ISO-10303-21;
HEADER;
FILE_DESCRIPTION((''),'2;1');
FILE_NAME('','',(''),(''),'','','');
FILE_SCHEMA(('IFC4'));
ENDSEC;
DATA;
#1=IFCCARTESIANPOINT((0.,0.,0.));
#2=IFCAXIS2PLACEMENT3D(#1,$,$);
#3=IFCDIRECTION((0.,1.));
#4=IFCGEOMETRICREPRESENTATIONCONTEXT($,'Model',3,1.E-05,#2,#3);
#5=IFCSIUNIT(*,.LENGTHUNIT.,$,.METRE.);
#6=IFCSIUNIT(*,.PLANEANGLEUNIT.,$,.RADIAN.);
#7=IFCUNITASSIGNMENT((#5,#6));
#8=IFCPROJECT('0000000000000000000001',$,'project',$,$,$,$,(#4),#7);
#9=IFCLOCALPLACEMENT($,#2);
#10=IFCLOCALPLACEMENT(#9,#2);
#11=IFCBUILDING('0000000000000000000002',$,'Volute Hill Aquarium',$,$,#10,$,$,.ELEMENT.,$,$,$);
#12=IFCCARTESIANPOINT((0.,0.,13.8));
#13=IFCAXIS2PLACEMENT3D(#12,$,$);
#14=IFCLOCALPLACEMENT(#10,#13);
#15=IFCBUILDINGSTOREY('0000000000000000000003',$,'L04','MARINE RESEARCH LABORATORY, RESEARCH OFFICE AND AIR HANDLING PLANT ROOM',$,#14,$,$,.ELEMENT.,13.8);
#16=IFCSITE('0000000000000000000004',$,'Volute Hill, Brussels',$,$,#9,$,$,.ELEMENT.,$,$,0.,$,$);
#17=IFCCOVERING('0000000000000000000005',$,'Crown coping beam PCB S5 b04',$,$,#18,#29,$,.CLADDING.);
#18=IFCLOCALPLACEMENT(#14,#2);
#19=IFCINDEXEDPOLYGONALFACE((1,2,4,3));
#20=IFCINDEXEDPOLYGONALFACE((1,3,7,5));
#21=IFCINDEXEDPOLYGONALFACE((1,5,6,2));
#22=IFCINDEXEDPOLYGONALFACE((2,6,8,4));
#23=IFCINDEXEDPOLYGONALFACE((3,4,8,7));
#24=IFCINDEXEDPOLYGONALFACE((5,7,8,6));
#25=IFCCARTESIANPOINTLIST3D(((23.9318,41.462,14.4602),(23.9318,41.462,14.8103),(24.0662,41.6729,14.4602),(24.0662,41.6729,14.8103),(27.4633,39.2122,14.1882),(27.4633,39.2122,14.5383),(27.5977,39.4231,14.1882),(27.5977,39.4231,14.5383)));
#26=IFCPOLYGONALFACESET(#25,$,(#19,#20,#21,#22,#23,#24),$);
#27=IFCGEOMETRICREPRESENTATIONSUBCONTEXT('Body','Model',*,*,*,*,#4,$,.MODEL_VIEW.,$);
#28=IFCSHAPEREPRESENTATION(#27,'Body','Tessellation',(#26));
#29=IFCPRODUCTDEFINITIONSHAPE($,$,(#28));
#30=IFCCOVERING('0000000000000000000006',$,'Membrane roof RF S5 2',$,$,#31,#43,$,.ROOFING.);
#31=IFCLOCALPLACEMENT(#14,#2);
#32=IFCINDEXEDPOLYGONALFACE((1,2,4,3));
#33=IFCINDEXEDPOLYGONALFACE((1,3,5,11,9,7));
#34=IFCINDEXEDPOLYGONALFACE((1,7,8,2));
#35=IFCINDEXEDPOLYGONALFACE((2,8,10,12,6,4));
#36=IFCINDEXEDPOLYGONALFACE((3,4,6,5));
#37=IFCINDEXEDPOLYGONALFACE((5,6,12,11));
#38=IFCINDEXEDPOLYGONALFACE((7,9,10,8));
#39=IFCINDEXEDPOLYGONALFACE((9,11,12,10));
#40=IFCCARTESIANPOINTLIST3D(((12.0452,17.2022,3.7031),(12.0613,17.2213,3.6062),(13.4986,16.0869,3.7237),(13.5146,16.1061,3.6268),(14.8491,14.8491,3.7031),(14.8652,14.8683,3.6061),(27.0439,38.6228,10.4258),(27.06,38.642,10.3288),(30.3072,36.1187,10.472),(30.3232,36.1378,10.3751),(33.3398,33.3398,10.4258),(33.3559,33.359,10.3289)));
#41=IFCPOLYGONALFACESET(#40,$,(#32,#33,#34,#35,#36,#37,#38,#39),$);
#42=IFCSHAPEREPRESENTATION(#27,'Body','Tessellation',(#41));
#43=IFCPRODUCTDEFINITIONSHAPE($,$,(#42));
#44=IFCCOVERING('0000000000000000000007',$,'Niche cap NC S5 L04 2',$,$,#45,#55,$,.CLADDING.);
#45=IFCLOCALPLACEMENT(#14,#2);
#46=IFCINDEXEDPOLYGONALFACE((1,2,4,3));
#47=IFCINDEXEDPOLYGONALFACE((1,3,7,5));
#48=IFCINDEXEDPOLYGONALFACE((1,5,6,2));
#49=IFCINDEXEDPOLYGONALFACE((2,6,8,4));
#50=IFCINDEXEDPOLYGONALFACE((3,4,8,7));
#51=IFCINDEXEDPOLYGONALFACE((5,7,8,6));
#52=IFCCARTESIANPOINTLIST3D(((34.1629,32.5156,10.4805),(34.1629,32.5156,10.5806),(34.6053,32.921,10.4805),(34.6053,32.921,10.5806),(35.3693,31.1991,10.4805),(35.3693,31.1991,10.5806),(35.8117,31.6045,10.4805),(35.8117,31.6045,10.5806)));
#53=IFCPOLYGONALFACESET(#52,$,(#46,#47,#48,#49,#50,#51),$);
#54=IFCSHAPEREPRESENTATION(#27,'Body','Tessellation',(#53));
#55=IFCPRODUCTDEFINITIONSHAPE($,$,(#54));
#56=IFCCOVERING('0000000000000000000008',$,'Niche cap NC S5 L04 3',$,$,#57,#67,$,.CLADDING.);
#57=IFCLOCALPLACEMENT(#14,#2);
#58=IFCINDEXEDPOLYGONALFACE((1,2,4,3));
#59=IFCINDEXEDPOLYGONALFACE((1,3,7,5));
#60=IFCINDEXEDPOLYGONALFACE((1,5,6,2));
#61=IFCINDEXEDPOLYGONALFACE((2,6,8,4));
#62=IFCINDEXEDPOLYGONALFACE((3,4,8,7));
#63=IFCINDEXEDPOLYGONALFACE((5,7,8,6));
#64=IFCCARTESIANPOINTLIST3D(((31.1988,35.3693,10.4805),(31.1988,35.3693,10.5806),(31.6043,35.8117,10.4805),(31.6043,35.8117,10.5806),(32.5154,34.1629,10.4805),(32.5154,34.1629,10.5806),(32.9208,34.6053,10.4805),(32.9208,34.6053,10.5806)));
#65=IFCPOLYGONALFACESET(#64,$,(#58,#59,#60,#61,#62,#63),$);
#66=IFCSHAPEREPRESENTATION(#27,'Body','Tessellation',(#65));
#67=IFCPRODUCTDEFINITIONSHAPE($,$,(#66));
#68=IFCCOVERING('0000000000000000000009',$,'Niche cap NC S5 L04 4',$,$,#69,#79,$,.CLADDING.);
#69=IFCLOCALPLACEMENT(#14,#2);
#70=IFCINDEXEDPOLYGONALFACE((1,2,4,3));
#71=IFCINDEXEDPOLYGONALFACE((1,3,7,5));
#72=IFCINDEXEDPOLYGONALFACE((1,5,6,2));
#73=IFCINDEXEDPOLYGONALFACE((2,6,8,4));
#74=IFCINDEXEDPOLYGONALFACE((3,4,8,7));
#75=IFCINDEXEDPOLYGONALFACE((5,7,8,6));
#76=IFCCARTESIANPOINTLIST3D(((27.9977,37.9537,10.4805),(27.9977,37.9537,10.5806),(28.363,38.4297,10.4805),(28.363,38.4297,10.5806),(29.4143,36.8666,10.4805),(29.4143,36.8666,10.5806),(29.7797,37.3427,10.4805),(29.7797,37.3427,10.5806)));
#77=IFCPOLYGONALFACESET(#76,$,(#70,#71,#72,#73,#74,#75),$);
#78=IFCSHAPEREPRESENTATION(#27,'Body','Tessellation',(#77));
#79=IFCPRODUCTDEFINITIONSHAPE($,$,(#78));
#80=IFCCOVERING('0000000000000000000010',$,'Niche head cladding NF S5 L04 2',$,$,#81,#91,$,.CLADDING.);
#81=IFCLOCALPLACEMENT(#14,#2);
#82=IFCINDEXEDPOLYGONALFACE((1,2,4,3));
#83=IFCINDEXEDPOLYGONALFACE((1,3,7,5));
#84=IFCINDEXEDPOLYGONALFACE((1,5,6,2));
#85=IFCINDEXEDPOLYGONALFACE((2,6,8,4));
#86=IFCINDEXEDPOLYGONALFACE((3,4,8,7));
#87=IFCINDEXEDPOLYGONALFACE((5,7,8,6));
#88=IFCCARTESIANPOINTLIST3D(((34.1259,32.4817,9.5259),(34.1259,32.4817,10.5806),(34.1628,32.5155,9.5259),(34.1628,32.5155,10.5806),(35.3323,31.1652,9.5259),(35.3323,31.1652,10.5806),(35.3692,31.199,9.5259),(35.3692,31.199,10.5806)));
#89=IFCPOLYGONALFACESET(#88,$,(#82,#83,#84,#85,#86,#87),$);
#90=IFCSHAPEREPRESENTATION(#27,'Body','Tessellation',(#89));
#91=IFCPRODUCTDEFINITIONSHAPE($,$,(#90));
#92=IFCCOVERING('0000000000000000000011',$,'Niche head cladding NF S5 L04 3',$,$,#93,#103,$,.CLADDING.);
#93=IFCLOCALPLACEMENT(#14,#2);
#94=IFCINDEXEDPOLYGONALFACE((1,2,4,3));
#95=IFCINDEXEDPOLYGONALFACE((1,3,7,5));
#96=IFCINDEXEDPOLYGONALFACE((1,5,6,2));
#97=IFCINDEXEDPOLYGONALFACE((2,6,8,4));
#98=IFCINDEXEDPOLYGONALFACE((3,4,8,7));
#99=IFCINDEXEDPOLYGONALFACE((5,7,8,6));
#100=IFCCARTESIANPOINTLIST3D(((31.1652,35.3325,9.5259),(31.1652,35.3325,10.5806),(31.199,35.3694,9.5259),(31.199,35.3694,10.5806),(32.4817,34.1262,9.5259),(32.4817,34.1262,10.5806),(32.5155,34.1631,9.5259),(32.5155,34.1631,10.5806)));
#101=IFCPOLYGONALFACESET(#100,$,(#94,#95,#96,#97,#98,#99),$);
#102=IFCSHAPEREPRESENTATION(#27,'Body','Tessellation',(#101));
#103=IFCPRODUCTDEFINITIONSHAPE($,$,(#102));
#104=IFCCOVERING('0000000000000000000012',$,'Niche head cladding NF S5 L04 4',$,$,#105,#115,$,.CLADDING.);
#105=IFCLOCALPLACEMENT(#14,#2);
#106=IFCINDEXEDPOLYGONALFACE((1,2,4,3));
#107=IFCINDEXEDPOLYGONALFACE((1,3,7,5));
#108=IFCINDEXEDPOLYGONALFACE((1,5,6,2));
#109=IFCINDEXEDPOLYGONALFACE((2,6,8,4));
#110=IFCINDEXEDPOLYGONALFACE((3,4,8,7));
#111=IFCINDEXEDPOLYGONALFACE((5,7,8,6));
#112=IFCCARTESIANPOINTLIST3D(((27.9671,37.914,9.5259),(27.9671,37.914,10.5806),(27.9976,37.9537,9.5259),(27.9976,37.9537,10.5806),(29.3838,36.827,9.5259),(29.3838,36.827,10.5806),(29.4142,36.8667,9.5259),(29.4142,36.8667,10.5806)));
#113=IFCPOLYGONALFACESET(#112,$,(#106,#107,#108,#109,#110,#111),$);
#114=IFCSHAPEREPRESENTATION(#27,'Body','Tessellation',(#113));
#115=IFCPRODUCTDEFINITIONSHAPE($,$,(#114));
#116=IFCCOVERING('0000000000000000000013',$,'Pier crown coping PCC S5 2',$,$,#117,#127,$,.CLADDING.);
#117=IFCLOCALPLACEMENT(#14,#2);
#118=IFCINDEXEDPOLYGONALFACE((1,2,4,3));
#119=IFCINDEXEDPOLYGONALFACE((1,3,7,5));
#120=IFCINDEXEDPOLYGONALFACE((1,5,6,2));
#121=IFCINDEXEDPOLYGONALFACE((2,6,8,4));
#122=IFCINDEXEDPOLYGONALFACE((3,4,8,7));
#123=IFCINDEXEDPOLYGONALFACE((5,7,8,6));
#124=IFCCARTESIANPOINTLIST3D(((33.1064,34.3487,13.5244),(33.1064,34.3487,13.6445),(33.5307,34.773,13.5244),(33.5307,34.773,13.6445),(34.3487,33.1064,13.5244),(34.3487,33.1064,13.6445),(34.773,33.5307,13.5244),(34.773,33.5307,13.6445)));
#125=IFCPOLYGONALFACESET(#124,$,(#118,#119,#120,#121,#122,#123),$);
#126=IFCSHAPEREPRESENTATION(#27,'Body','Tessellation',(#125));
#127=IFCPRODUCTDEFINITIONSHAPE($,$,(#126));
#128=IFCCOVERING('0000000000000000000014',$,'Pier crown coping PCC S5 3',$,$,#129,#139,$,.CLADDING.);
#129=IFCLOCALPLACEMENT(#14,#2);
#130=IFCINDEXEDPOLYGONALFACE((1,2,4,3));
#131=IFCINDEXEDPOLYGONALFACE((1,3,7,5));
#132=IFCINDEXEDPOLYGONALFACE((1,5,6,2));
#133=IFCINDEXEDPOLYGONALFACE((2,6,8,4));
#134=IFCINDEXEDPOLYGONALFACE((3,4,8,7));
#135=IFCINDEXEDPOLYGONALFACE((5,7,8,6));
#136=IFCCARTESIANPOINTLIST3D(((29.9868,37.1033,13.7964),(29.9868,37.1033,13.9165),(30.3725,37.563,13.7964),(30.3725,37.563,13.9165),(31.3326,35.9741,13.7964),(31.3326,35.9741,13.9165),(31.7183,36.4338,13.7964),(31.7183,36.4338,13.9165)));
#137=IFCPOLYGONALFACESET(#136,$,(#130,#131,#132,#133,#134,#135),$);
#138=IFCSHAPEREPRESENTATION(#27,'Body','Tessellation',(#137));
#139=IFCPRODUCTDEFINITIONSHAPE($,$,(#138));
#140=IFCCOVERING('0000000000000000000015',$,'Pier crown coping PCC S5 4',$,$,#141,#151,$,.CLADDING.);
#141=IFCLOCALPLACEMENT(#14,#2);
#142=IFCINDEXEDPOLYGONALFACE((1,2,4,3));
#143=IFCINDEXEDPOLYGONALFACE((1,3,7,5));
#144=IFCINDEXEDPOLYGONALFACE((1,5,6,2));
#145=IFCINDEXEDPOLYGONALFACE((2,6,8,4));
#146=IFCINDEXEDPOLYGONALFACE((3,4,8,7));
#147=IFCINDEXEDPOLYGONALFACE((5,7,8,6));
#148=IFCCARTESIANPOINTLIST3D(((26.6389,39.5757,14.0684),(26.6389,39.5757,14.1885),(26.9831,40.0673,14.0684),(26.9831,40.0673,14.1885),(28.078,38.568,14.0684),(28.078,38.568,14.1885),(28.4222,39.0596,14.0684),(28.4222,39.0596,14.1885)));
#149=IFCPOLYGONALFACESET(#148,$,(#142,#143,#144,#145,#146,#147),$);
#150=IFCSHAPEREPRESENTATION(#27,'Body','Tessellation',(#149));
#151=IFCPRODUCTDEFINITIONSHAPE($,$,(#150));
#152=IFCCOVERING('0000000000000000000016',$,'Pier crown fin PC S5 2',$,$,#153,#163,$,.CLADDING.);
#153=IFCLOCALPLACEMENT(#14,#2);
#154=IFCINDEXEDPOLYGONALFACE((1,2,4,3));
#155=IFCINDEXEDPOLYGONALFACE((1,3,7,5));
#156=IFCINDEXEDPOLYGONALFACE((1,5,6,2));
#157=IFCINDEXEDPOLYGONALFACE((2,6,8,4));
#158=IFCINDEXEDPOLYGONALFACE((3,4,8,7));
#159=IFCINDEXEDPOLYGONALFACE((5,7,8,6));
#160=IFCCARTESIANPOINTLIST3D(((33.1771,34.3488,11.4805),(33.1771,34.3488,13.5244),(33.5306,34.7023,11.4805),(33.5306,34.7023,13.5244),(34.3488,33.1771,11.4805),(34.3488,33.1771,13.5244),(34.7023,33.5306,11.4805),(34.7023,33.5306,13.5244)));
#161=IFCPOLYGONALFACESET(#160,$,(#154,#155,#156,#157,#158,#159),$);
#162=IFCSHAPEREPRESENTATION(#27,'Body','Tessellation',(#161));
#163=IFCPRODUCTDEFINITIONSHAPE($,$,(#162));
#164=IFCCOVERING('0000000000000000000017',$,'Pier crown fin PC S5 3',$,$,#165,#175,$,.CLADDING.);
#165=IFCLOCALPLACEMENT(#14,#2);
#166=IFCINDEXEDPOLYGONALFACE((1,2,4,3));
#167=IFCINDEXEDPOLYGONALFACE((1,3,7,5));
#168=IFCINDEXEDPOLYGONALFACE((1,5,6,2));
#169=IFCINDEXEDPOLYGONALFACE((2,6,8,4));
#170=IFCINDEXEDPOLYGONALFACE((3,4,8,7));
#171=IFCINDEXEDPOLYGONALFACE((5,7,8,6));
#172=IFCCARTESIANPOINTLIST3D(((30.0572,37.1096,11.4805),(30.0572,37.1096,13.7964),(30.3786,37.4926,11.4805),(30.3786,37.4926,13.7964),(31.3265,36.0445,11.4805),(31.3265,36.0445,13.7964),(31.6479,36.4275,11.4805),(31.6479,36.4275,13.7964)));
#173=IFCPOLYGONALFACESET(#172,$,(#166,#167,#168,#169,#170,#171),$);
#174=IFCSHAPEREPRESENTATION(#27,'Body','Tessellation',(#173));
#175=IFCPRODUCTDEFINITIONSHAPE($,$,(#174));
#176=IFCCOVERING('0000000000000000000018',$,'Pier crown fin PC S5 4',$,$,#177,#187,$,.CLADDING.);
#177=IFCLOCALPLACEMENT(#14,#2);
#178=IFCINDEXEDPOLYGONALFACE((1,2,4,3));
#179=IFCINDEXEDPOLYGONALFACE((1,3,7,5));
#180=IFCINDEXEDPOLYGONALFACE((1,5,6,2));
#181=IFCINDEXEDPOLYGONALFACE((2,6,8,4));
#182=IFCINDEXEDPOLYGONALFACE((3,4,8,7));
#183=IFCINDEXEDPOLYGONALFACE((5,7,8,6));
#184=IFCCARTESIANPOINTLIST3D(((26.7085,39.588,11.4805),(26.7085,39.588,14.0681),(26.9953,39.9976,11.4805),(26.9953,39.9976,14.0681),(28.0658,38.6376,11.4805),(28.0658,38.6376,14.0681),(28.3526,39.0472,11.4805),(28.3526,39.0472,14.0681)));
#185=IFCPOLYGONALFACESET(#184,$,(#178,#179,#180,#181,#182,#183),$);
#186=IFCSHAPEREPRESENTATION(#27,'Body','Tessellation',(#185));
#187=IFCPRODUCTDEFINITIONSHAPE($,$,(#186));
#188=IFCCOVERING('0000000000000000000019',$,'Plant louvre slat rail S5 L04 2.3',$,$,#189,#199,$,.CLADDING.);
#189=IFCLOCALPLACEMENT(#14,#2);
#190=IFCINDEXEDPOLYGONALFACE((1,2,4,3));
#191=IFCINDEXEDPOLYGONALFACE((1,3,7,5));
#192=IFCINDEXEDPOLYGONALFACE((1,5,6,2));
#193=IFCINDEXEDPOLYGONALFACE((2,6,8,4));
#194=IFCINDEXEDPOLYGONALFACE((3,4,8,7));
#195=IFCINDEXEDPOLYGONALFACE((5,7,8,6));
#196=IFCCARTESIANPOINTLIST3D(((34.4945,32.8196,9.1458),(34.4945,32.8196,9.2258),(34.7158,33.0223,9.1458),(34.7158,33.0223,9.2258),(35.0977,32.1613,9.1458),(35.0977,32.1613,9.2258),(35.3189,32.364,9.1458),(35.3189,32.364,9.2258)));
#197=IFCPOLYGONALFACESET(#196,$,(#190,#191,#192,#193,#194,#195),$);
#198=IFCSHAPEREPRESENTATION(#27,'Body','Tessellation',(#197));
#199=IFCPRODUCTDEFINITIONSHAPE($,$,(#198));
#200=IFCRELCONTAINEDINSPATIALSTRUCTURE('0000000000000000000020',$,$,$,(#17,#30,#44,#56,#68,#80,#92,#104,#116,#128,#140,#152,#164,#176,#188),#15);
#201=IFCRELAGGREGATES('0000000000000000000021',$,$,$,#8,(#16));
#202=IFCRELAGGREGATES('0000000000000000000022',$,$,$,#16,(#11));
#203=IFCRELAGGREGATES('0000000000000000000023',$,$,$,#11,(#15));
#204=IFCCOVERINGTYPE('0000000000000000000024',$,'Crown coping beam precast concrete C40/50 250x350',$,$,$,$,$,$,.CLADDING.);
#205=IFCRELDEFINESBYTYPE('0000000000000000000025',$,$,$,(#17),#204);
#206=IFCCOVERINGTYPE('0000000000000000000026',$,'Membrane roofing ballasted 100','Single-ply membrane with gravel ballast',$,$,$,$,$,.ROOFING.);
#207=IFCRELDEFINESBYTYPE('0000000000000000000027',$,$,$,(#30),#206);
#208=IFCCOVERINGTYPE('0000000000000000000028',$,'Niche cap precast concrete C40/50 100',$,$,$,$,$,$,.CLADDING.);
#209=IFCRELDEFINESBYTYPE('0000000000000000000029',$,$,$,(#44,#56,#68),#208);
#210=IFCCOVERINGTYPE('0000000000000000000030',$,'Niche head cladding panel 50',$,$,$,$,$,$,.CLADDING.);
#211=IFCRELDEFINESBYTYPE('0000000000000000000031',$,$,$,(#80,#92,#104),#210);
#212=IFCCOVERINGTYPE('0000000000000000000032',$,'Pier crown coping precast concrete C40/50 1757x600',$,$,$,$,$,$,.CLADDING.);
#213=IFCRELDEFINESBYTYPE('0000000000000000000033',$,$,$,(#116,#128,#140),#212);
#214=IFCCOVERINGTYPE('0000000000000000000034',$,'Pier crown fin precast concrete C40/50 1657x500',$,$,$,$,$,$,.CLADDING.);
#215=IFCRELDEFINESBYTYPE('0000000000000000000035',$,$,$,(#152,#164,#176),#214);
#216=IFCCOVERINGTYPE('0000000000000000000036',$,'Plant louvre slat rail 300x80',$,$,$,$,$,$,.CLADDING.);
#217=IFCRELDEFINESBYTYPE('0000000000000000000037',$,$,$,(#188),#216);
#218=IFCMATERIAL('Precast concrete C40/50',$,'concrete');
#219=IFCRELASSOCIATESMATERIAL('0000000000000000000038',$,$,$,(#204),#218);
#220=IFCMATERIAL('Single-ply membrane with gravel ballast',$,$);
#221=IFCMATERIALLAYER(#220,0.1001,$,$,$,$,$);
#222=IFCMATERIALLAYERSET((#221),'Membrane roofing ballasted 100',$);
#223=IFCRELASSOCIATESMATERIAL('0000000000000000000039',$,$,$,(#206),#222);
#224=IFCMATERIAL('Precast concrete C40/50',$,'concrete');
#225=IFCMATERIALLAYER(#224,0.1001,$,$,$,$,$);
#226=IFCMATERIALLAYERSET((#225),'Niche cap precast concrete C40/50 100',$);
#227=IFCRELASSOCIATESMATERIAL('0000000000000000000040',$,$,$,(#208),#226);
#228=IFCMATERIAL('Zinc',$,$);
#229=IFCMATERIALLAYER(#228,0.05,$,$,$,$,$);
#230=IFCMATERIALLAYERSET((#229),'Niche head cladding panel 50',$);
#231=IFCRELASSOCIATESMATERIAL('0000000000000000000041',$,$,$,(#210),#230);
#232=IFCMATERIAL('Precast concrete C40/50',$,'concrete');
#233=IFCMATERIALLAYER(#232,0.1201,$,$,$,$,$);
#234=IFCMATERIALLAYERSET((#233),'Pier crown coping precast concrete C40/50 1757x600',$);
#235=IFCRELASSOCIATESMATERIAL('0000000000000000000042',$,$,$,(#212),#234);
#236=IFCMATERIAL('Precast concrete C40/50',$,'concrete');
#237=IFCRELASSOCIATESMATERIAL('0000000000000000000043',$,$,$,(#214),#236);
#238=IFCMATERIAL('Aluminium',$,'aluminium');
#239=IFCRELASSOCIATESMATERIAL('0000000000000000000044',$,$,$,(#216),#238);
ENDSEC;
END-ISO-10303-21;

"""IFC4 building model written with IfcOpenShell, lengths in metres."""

from ifc_helpers import new_model, si_unit, direction, frame, origin, origin_2d, place, context, subcontext, project, spatial, polyline, rectangle, outline, extrude, material, layer, layer_set, type_object, element, save


model = new_model("IFC4")

# Units and contexts
model_context = context("Model", 3, precision=1e-05, world=origin(), true_north=direction((0.0, 1.0)))
body_context = subcontext(model_context, "Body", "Model", "MODEL_VIEW")
ifc_project = project(units=[si_unit("LENGTHUNIT", "METRE"), si_unit("PLANEANGLEUNIT", "RADIAN")], contexts=[model_context])

# Site, building, storey
site_placement = place(None, origin())
site = spatial("IfcSite", under=ifc_project, at=site_placement, Name="Volute Hill, Brussels", CompositionType="ELEMENT", RefElevation=0.0)
building_placement = place(site_placement, origin())
building = spatial("IfcBuilding", under=site, at=building_placement, Name="Volute Hill Aquarium", CompositionType="ELEMENT")
storey_placement = place(building_placement, frame((0.0, 0.0, 13.8)))
storey = spatial("IfcBuildingStorey", under=building, at=storey_placement, Name="L04", Description="MARINE RESEARCH LABORATORY, RESEARCH OFFICE AND AIR HANDLING PLANT ROOM", CompositionType="ELEMENT", Elevation=13.8)

# Coverings
ifc_material_1 = material(Name="Precast concrete C40/50", Category="concrete")
covering_type_1 = type_object("IfcCoveringType", Name="Crown coping beam precast concrete C40/50 250x350", PredefinedType="CLADDING", material=ifc_material_1)
covering_1_placement = place(storey_placement, frame((27.5977, 39.4231, 14.1882), z_axis=(0.53729, 0.843397, 0.0), x_axis=(-0.841624, 0.536161, 0.064816)))
element("IfcCovering", 1, at=covering_1_placement, inside=storey, type_object=covering_type_1, Name="Crown coping beam PCB S5 b04", PredefinedType="CLADDING", context=body_context, shape_type="SweptSolid", body=[
    extrude(outline(polyline([(0.0, 0.0), (4.196, 0.0), (4.2187, 0.3494), (0.0227, 0.3494), (0.0, 0.0)])), origin(), (0.0, 0.0, -1.0), 0.25),
])
ifc_material_2 = material(Name="Single-ply membrane with gravel ballast")
ifc_layer_1 = layer(ifc_material_2, 0.1001)
ifc_layer_set_1 = layer_set([ifc_layer_1], Name="Membrane roofing ballasted 100")
covering_type_2 = type_object("IfcCoveringType", Name="Membrane roofing ballasted 100", Description="Single-ply membrane with gravel ballast", PredefinedType="ROOFING", material=ifc_layer_set_1)
covering_2_placement = place(storey_placement, frame((33.3398, 33.3398, 10.4258), z_axis=(-0.160624, -0.191416, 0.968277), x_axis=(-0.737245, 0.675532, 0.011246)))
element("IfcCovering", 2, at=covering_2_placement, inside=storey, type_object=covering_type_2, Name="Membrane roof RF S5 2", PredefinedType="ROOFING", context=body_context, shape_type="SweptSolid", body=[
    extrude(outline(polyline([(0.0, 0.0), (4.1135, 0.0), (8.2104, 0.37), (4.7223, 27.1437), (2.8976, 26.9789), (1.0655, 26.9791), (0.0, 0.0)])), origin(), (0.0, 0.0, -1.0), 0.1001),
])
ifc_material_3 = material(Name="Precast concrete C40/50", Category="concrete")
ifc_layer_2 = layer(ifc_material_3, 0.1001)
ifc_layer_set_2 = layer_set([ifc_layer_2], Name="Niche cap precast concrete C40/50 100")
covering_type_3 = type_object("IfcCoveringType", Name="Niche cap precast concrete C40/50 100", PredefinedType="CLADDING", material=ifc_layer_set_2)
for number, where, z_axis, x_axis, name in (
    (3, (34.9873, 32.0601, 10.4805), (0.0, 0.0, 1.0), (-0.675585, 0.737282, 0.0), "Niche cap NC S5 L04 2"),
    (4, (32.0598, 34.9873, 10.4805), (0.0, 0.0, 1.0), (-0.737282, 0.675585, 0.0), "Niche cap NC S5 L04 3"),
    (5, (28.8887, 37.6482, 10.4805), (0.0, 0.0, 1.0), (-0.79336, 0.608753, 0.0), "Niche cap NC S5 L04 4"),
):
    element("IfcCovering", number, at=place(storey_placement, frame(where, z_axis=z_axis, x_axis=x_axis)), inside=storey, type_object=covering_type_3, Name=name, PredefinedType="CLADDING", context=body_context, shape_type="SweptSolid", body=[
        extrude(rectangle(XDim=1.7856, YDim=0.6001, at=origin_2d()), origin(), (0.0, 0.0, 1.0), 0.1001),
    ])
ifc_material_4 = material(Name="Zinc")
ifc_layer_3 = layer(ifc_material_4, 0.05)
ifc_layer_set_3 = layer_set([ifc_layer_3], Name="Niche head cladding panel 50")
covering_type_4 = type_object("IfcCoveringType", Name="Niche head cladding panel 50", PredefinedType="CLADDING", material=ifc_layer_set_3)
for number, where, z_axis, x_axis, name in (
    (6, (34.7476, 31.8403, 9.5259), (0.0, 0.0, 1.0), (-0.675585, 0.737282, 0.0), "Niche head cladding NF S5 L04 2"),
    (7, (31.8403, 34.7478, 9.5259), (0.0, 0.0, 1.0), (-0.737282, 0.675585, 0.0), "Niche head cladding NF S5 L04 3"),
    (8, (28.6907, 37.3904, 9.5259), (0.0, 0.0, 1.0), (-0.79336, 0.608753, 0.0), "Niche head cladding NF S5 L04 4"),
):
    element("IfcCovering", number, at=place(storey_placement, frame(where, z_axis=z_axis, x_axis=x_axis)), inside=storey, type_object=covering_type_4, Name=name, PredefinedType="CLADDING", context=body_context, shape_type="SweptSolid", body=[
        extrude(rectangle(XDim=1.7856, YDim=0.05, at=origin_2d()), origin(), (0.0, 0.0, 1.0), 1.0547),
    ])
ifc_material_5 = material(Name="Precast concrete C40/50", Category="concrete")
ifc_layer_4 = layer(ifc_material_5, 0.1201)
ifc_layer_set_4 = layer_set([ifc_layer_4], Name="Pier crown coping precast concrete C40/50 1757x600")
covering_type_5 = type_object("IfcCoveringType", Name="Pier crown coping precast concrete C40/50 1757x600", PredefinedType="CLADDING", material=ifc_layer_set_4)
for number, where, z_axis, x_axis, name in (
    (9, (33.9397, 33.9397, 13.5244), (0.0, 0.0, 1.0), (-0.707107, 0.707107, 0.0), "Pier crown coping PCC S5 2"),
    (10, (30.8525, 36.7686, 13.7964), (0.0, 0.0, 1.0), (-0.766044, 0.642788, 0.0), "Pier crown coping PCC S5 3"),
    (11, (27.5305, 39.3176, 14.0684), (0.0, 0.0, 1.0), (-0.819152, 0.573576, 0.0), "Pier crown coping PCC S5 4"),
):
    element("IfcCovering", number, at=place(storey_placement, frame(where, z_axis=z_axis, x_axis=x_axis)), inside=storey, type_object=covering_type_5, Name=name, PredefinedType="CLADDING", context=body_context, shape_type="SweptSolid", body=[
        extrude(rectangle(XDim=1.7568, YDim=0.6001, at=origin_2d()), origin(), (0.0, 0.0, 1.0), 0.1201),
    ])
ifc_material_6 = material(Name="Precast concrete C40/50", Category="concrete")
covering_type_6 = type_object("IfcCoveringType", Name="Pier crown fin precast concrete C40/50 1657x500", PredefinedType="CLADDING", material=ifc_material_6)
covering_3_placement = place(storey_placement, frame((33.9397, 33.9397, 11.4805), z_axis=(0.0, 0.0, 1.0), x_axis=(-0.707107, 0.707107, 0.0)))
element("IfcCovering", 12, at=covering_3_placement, inside=storey, type_object=covering_type_6, Name="Pier crown fin PC S5 2", PredefinedType="CLADDING", context=body_context, shape_type="SweptSolid", body=[
    extrude(rectangle(XDim=1.657, YDim=0.5, at=origin_2d()), origin(), (0.0, 0.0, 1.0), 2.0439),
])
covering_4_placement = place(storey_placement, frame((30.8525, 36.7686, 11.4805), z_axis=(0.0, 0.0, 1.0), x_axis=(-0.766044, 0.642788, 0.0)))
element("IfcCovering", 13, at=covering_4_placement, inside=storey, type_object=covering_type_6, Name="Pier crown fin PC S5 3", PredefinedType="CLADDING", context=body_context, shape_type="SweptSolid", body=[
    extrude(rectangle(XDim=1.657, YDim=0.5, at=origin_2d()), origin(), (0.0, 0.0, 1.0), 2.3159),
])
covering_5_placement = place(storey_placement, frame((27.5305, 39.3176, 11.4805), z_axis=(0.0, 0.0, 1.0), x_axis=(-0.819152, 0.573576, 0.0)))
element("IfcCovering", 14, at=covering_5_placement, inside=storey, type_object=covering_type_6, Name="Pier crown fin PC S5 4", PredefinedType="CLADDING", context=body_context, shape_type="SweptSolid", body=[
    extrude(rectangle(XDim=1.657, YDim=0.5, at=origin_2d()), origin(), (0.0, 0.0, 1.0), 2.5876),
])
ifc_material_7 = material(Name="Aluminium", Category="aluminium")
covering_type_7 = type_object("IfcCoveringType", Name="Plant louvre slat rail 300x80", PredefinedType="CLADDING", material=ifc_material_7)
covering_6_placement = place(storey_placement, frame((34.9067, 32.5918, 9.1458), z_axis=(0.0, 0.0, 1.0), x_axis=(-0.675585, 0.737282, 0.0)))
element("IfcCovering", 15, at=covering_6_placement, inside=storey, type_object=covering_type_7, Name="Plant louvre slat rail S5 L04 2.3", PredefinedType="CLADDING", context=body_context, shape_type="SweptSolid", body=[
    extrude(rectangle(XDim=0.8928, YDim=0.3, at=origin_2d()), origin(), (0.0, 0.0, 1.0), 0.0801),
])

save(model, "model.ifc")
